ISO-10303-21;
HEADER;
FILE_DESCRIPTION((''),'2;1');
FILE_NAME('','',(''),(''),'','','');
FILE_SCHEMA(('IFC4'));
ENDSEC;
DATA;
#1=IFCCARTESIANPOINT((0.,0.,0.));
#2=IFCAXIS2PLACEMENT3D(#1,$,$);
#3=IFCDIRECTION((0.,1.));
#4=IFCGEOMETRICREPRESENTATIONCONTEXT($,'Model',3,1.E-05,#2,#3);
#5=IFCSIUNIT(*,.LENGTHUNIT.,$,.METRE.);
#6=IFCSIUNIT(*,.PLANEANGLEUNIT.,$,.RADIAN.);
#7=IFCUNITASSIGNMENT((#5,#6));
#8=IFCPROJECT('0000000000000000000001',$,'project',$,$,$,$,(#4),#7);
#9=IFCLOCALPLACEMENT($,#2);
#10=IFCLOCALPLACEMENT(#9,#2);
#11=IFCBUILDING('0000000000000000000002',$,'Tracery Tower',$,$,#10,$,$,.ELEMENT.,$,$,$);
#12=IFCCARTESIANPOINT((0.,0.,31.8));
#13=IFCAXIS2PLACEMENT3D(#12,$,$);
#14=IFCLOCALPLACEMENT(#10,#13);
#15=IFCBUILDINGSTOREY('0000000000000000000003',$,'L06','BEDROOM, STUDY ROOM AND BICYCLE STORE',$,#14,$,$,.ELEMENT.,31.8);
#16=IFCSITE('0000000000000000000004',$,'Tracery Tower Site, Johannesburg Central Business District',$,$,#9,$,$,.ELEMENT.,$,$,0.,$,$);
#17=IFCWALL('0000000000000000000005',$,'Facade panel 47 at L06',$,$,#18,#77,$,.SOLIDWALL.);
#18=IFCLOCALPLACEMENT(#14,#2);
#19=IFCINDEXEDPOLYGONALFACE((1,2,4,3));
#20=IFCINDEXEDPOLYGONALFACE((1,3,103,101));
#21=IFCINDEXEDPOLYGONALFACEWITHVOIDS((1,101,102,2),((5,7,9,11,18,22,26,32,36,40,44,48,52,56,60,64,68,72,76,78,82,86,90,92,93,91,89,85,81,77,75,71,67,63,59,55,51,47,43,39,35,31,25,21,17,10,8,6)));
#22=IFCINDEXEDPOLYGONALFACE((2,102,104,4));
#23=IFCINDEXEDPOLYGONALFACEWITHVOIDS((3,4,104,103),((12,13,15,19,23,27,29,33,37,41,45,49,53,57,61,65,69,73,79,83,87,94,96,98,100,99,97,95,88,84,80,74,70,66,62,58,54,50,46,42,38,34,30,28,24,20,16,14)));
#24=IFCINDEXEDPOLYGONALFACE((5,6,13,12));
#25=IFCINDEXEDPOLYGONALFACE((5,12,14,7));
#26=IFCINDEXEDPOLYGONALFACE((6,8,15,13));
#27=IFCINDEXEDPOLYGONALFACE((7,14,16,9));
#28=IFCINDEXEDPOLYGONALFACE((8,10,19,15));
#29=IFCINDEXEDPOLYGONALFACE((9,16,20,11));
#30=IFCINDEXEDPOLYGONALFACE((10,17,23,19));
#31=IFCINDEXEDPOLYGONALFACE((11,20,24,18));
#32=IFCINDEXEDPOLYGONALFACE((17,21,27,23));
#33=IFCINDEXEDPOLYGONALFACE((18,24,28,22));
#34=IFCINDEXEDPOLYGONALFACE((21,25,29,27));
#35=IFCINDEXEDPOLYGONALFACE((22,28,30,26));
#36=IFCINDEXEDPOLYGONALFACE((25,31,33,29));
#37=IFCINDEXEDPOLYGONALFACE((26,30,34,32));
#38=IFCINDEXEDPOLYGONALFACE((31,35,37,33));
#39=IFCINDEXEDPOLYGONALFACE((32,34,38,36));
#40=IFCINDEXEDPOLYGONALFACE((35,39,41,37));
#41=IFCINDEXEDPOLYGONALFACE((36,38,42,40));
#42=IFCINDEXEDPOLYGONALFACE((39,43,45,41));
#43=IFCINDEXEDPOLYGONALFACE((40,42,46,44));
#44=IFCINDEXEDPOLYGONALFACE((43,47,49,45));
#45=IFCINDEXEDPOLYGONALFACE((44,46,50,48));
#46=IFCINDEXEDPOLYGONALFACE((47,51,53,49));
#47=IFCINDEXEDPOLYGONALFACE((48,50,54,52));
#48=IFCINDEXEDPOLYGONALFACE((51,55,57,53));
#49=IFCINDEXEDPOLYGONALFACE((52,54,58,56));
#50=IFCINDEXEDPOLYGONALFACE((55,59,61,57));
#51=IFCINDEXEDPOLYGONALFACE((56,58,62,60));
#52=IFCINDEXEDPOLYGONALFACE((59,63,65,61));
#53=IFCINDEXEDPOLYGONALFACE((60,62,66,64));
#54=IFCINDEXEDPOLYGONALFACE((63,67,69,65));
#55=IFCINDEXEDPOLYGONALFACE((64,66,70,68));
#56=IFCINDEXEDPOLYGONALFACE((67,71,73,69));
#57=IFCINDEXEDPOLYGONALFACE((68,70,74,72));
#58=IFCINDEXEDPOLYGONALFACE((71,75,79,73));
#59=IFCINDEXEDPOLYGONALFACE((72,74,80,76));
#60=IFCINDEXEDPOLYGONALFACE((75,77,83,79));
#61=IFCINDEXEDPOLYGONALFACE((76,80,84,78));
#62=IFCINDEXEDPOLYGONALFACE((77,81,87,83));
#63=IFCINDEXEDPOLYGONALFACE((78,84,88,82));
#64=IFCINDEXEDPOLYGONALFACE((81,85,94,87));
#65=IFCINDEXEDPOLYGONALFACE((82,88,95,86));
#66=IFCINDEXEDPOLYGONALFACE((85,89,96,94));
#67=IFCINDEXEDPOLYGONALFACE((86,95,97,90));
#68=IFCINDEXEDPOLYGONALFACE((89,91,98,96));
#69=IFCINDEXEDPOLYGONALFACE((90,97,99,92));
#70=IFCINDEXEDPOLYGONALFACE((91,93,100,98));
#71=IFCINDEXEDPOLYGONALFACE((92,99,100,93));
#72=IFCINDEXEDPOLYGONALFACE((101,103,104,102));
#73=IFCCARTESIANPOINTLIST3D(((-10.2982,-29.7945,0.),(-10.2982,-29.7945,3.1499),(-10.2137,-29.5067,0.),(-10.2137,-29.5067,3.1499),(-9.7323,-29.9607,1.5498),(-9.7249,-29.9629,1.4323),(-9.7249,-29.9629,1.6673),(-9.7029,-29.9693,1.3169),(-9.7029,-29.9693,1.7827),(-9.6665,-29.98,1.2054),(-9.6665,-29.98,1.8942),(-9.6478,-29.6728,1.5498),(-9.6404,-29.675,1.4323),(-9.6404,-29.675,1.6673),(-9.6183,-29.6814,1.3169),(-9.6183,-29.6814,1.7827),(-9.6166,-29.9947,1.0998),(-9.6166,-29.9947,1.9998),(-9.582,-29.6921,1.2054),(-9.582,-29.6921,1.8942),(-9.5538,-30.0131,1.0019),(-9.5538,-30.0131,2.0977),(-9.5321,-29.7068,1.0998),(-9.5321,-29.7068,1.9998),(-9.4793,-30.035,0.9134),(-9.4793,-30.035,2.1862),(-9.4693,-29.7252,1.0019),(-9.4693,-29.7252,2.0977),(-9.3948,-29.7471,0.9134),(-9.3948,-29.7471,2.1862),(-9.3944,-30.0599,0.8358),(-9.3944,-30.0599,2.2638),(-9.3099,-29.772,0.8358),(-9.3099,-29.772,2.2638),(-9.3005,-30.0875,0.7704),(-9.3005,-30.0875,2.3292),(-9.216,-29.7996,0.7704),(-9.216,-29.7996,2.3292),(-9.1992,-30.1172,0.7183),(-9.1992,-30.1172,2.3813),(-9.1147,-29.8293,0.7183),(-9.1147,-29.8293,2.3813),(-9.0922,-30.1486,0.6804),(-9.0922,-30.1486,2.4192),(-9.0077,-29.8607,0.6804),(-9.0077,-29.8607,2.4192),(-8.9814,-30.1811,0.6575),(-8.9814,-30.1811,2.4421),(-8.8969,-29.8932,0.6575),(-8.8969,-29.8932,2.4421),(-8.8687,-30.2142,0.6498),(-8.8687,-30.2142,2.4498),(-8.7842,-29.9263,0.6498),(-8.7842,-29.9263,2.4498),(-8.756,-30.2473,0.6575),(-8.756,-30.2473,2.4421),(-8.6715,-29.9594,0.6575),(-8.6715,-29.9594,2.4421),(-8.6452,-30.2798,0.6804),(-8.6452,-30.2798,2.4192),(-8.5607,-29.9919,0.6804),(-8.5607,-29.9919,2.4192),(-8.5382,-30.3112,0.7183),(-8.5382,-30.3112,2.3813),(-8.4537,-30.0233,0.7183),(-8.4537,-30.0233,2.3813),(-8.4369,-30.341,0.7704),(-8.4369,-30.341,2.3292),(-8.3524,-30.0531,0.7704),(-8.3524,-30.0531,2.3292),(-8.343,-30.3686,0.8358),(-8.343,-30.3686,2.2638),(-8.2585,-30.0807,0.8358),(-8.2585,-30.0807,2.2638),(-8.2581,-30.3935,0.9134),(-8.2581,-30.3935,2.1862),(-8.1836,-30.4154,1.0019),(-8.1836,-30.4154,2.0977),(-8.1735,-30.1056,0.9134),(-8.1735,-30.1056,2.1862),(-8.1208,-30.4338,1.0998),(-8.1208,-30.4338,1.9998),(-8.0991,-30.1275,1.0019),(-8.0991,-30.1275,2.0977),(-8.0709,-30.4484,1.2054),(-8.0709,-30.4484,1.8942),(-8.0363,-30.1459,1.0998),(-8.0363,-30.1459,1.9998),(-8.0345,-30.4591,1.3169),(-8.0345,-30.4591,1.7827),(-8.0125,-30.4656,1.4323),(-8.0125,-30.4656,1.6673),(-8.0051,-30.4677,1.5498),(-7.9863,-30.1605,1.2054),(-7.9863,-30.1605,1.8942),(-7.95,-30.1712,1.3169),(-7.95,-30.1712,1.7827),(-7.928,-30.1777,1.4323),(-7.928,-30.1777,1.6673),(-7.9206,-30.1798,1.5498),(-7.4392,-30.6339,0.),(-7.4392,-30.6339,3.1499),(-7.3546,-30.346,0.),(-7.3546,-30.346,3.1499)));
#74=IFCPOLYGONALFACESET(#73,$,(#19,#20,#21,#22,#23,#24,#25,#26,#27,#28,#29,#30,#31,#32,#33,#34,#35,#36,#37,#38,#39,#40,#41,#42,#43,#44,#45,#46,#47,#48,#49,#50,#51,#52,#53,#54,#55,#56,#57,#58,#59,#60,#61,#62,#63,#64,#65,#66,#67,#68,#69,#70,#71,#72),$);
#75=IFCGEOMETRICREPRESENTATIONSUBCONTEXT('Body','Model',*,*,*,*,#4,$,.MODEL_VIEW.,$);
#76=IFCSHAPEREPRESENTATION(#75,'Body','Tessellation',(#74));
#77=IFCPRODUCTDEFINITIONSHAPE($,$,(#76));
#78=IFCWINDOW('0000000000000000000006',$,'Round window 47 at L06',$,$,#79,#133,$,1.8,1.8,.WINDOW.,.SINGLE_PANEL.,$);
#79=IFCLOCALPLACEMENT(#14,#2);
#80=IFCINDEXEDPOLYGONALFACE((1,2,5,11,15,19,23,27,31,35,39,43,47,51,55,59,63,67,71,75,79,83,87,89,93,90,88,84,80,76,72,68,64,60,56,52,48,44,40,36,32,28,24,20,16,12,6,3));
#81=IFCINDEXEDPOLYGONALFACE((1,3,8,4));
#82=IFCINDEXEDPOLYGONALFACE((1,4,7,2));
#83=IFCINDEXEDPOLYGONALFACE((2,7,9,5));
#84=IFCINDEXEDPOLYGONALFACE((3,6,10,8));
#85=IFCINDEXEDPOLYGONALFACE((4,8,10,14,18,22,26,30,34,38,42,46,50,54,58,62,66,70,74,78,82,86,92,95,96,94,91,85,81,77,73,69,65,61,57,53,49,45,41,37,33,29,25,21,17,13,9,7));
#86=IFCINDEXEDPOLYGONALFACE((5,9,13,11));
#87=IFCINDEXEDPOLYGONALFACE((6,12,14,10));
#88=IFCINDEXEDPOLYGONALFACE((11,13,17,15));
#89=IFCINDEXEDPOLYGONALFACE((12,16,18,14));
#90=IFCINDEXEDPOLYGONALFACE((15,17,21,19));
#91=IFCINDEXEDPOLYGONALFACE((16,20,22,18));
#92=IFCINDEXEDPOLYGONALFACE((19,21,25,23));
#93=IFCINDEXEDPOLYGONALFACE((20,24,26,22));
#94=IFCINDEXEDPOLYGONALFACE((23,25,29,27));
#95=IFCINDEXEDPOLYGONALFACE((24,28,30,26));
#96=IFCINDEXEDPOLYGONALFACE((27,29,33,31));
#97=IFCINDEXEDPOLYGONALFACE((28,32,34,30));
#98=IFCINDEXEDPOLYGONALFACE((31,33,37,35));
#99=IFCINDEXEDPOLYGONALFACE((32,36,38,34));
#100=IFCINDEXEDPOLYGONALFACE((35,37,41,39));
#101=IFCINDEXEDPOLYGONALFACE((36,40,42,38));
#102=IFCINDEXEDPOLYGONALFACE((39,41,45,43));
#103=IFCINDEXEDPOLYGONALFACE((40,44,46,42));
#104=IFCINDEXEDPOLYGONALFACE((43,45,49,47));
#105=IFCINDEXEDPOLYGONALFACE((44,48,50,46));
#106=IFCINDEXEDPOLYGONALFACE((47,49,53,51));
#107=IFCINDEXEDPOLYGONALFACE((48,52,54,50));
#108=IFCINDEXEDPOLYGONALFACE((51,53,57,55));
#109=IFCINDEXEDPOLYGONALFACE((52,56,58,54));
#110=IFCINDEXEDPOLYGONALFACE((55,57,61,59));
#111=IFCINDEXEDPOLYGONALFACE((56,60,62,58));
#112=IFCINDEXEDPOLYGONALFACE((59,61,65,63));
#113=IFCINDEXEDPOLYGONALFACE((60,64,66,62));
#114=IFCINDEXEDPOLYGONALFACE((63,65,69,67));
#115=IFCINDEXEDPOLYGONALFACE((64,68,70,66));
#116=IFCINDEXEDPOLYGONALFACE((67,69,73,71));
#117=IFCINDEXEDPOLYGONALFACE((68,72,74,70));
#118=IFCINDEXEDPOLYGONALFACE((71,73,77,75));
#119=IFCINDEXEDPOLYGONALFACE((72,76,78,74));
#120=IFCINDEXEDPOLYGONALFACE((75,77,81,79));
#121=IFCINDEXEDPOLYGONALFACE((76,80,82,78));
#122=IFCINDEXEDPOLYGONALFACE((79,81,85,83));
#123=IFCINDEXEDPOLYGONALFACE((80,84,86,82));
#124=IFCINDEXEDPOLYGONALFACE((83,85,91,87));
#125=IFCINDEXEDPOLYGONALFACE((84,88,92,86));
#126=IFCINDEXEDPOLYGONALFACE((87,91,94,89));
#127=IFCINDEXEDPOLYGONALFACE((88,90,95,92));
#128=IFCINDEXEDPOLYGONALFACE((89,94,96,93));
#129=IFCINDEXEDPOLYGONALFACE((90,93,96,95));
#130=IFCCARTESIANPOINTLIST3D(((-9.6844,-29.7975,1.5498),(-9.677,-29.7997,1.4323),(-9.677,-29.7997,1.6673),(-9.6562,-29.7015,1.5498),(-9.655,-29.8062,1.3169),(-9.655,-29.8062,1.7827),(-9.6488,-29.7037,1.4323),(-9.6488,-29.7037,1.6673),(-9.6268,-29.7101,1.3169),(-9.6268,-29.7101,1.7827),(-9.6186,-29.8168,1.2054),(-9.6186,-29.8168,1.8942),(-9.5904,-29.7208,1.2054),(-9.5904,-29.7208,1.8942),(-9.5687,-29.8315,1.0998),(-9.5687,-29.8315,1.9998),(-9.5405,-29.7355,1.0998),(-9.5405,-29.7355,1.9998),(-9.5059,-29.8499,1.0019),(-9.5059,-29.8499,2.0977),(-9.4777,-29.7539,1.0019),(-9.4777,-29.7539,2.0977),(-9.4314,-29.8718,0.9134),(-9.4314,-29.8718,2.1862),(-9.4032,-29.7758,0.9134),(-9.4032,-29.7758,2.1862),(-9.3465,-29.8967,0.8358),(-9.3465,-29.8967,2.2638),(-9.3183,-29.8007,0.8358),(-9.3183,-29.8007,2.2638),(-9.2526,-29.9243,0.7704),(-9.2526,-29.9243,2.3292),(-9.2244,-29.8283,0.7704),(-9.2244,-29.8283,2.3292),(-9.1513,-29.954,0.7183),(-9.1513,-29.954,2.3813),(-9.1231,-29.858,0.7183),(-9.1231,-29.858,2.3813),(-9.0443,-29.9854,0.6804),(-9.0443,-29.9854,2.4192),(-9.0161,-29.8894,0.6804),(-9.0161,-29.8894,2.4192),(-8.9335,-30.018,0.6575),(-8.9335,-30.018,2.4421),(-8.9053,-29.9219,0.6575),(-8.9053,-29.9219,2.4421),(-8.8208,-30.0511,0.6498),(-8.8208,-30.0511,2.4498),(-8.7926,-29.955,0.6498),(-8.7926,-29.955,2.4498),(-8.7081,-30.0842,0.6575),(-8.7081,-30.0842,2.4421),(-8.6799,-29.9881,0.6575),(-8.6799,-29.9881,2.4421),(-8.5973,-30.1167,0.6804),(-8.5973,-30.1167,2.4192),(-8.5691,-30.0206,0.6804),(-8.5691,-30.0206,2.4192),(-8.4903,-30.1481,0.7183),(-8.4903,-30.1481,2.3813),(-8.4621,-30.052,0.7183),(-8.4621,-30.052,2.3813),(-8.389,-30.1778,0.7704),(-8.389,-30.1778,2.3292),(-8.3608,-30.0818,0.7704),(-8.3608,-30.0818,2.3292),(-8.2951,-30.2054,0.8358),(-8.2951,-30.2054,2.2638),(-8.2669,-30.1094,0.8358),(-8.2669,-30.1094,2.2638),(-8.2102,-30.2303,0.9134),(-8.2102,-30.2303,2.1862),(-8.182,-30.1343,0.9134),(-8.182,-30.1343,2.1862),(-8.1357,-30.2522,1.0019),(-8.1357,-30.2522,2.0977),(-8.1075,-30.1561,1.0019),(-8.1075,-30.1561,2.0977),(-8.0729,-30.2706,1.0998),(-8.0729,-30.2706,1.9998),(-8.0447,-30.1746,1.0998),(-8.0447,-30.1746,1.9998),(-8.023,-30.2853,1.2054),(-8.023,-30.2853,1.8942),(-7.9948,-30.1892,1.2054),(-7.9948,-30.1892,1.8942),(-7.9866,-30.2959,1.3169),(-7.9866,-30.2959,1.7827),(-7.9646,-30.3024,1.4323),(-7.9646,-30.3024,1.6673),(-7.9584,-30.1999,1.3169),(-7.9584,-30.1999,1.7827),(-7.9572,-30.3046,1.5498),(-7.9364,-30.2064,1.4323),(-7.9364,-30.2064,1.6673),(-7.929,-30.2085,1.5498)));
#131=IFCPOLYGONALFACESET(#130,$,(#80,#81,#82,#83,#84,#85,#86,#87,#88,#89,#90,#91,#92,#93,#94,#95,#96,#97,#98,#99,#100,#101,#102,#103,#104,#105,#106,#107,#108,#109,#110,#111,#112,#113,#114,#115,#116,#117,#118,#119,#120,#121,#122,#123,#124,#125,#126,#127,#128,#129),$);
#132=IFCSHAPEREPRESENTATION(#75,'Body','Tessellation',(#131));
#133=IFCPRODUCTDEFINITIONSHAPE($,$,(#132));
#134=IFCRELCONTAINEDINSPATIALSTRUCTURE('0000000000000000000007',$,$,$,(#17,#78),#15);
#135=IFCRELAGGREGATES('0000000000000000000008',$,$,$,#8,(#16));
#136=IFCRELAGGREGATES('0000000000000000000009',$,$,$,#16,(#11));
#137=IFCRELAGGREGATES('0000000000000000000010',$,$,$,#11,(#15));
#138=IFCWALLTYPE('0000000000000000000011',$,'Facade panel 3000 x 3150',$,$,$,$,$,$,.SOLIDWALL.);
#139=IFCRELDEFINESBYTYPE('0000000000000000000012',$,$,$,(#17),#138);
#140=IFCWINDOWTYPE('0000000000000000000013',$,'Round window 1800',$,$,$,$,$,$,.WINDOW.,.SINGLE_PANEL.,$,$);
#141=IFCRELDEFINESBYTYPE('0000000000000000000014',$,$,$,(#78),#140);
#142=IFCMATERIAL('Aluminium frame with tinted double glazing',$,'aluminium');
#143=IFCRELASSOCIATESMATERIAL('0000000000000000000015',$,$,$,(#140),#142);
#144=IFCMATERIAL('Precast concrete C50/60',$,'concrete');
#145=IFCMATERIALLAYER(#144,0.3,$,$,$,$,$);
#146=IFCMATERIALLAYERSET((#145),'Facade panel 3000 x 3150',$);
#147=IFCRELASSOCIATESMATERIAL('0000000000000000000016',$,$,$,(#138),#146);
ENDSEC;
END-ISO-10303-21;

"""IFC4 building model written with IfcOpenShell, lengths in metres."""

from ifc_helpers import new_model, si_unit, direction, frame, frame_2d, origin, origin_2d, place, context, subcontext, project, spatial, rectangle, circle, extrude, material, layer, layer_set, type_object, element, fill, save


model = new_model("IFC4")

# Units and contexts
model_context = context("Model", 3, precision=1e-05, world=origin(), true_north=direction((0.0, 1.0)))
body_context = subcontext(model_context, "Body", "Model", "MODEL_VIEW")
ifc_project = project(units=[si_unit("LENGTHUNIT", "METRE"), si_unit("PLANEANGLEUNIT", "RADIAN")], contexts=[model_context])

# Site, building, storey
site_placement = place(None, origin())
site = spatial("IfcSite", under=ifc_project, at=site_placement, Name="Tracery Tower Site, Johannesburg Central Business District", CompositionType="ELEMENT", RefElevation=0.0)
building_placement = place(site_placement, origin())
building = spatial("IfcBuilding", under=site, at=building_placement, Name="Tracery Tower", CompositionType="ELEMENT")
storey_placement = place(building_placement, frame((0.0, 0.0, 31.8)))
storey = spatial("IfcBuildingStorey", under=building, at=storey_placement, Name="L06", Description="BEDROOM, STUDY ROOM AND BICYCLE STORE", CompositionType="ELEMENT", Elevation=31.8)

# Wall, opening, window
ifc_material_1 = material(Name="Aluminium frame with tinted double glazing", Category="aluminium")
window_type = type_object("IfcWindowType", Name="Round window 1800", PartitioningType="SINGLE_PANEL", PredefinedType="WINDOW", material=ifc_material_1)
ifc_material_2 = material(Name="Precast concrete C50/60", Category="concrete")
ifc_layer_1 = layer(ifc_material_2, 0.3)
ifc_layer_set_1 = layer_set([ifc_layer_1], Name="Facade panel 3000 x 3150")
wall_type_1 = type_object("IfcWallType", Name="Facade panel 3000 x 3150", PredefinedType="SOLIDWALL", material=ifc_layer_set_1)
wall_1_placement = place(storey_placement, frame((-10.2559, -29.6506, 0.0), z_axis=(0.0, 0.0, 1.0), x_axis=(0.959508, -0.281683, 0.0)))
wall_1 = element("IfcWall", 1, at=wall_1_placement, inside=storey, type_object=wall_type_1, Name="Facade panel 47 at L06", PredefinedType="SOLIDWALL", context=body_context, shape_type="SweptSolid", body=[
    extrude(rectangle(XDim=2.9797, YDim=0.3, at=frame_2d((1.4897, 0.0))), origin(), (0.0, 0.0, 1.0), 3.1499),
])
opening_1_placement = place(wall_1_placement, frame((1.4897, 0.0, 1.5498)))
opening_1 = element("IfcOpeningElement", 2, at=opening_1_placement, cuts=wall_1, PredefinedType="OPENING", context=body_context, shape_type="SweptSolid", body=[
    extrude(circle(Radius=0.9, at=origin_2d()), frame((0.0, 0.1599, 0.0), z_axis=(0.0, -1.0, 0.0), x_axis=(1.0, 0.0, 0.0)), (0.0, 0.0, 1.0), 0.3201),
])
window_1_placement = place(opening_1_placement, origin())
window_1 = element("IfcWindow", 3, at=window_1_placement, inside=storey, type_object=window_type, Name="Round window 47 at L06", OverallHeight=1.8, OverallWidth=1.8, PartitioningType="SINGLE_PANEL", PredefinedType="WINDOW", context=body_context, shape_type="SweptSolid", body=[
    extrude(circle(Radius=0.9, at=origin_2d()), frame((0.0, 0.1201, 0.0), z_axis=(0.0, -1.0, 0.0), x_axis=(1.0, 0.0, 0.0)), (0.0, 0.0, 1.0), 0.1001),
])
fill(opening_1, window_1)

save(model, "model.ifc")
